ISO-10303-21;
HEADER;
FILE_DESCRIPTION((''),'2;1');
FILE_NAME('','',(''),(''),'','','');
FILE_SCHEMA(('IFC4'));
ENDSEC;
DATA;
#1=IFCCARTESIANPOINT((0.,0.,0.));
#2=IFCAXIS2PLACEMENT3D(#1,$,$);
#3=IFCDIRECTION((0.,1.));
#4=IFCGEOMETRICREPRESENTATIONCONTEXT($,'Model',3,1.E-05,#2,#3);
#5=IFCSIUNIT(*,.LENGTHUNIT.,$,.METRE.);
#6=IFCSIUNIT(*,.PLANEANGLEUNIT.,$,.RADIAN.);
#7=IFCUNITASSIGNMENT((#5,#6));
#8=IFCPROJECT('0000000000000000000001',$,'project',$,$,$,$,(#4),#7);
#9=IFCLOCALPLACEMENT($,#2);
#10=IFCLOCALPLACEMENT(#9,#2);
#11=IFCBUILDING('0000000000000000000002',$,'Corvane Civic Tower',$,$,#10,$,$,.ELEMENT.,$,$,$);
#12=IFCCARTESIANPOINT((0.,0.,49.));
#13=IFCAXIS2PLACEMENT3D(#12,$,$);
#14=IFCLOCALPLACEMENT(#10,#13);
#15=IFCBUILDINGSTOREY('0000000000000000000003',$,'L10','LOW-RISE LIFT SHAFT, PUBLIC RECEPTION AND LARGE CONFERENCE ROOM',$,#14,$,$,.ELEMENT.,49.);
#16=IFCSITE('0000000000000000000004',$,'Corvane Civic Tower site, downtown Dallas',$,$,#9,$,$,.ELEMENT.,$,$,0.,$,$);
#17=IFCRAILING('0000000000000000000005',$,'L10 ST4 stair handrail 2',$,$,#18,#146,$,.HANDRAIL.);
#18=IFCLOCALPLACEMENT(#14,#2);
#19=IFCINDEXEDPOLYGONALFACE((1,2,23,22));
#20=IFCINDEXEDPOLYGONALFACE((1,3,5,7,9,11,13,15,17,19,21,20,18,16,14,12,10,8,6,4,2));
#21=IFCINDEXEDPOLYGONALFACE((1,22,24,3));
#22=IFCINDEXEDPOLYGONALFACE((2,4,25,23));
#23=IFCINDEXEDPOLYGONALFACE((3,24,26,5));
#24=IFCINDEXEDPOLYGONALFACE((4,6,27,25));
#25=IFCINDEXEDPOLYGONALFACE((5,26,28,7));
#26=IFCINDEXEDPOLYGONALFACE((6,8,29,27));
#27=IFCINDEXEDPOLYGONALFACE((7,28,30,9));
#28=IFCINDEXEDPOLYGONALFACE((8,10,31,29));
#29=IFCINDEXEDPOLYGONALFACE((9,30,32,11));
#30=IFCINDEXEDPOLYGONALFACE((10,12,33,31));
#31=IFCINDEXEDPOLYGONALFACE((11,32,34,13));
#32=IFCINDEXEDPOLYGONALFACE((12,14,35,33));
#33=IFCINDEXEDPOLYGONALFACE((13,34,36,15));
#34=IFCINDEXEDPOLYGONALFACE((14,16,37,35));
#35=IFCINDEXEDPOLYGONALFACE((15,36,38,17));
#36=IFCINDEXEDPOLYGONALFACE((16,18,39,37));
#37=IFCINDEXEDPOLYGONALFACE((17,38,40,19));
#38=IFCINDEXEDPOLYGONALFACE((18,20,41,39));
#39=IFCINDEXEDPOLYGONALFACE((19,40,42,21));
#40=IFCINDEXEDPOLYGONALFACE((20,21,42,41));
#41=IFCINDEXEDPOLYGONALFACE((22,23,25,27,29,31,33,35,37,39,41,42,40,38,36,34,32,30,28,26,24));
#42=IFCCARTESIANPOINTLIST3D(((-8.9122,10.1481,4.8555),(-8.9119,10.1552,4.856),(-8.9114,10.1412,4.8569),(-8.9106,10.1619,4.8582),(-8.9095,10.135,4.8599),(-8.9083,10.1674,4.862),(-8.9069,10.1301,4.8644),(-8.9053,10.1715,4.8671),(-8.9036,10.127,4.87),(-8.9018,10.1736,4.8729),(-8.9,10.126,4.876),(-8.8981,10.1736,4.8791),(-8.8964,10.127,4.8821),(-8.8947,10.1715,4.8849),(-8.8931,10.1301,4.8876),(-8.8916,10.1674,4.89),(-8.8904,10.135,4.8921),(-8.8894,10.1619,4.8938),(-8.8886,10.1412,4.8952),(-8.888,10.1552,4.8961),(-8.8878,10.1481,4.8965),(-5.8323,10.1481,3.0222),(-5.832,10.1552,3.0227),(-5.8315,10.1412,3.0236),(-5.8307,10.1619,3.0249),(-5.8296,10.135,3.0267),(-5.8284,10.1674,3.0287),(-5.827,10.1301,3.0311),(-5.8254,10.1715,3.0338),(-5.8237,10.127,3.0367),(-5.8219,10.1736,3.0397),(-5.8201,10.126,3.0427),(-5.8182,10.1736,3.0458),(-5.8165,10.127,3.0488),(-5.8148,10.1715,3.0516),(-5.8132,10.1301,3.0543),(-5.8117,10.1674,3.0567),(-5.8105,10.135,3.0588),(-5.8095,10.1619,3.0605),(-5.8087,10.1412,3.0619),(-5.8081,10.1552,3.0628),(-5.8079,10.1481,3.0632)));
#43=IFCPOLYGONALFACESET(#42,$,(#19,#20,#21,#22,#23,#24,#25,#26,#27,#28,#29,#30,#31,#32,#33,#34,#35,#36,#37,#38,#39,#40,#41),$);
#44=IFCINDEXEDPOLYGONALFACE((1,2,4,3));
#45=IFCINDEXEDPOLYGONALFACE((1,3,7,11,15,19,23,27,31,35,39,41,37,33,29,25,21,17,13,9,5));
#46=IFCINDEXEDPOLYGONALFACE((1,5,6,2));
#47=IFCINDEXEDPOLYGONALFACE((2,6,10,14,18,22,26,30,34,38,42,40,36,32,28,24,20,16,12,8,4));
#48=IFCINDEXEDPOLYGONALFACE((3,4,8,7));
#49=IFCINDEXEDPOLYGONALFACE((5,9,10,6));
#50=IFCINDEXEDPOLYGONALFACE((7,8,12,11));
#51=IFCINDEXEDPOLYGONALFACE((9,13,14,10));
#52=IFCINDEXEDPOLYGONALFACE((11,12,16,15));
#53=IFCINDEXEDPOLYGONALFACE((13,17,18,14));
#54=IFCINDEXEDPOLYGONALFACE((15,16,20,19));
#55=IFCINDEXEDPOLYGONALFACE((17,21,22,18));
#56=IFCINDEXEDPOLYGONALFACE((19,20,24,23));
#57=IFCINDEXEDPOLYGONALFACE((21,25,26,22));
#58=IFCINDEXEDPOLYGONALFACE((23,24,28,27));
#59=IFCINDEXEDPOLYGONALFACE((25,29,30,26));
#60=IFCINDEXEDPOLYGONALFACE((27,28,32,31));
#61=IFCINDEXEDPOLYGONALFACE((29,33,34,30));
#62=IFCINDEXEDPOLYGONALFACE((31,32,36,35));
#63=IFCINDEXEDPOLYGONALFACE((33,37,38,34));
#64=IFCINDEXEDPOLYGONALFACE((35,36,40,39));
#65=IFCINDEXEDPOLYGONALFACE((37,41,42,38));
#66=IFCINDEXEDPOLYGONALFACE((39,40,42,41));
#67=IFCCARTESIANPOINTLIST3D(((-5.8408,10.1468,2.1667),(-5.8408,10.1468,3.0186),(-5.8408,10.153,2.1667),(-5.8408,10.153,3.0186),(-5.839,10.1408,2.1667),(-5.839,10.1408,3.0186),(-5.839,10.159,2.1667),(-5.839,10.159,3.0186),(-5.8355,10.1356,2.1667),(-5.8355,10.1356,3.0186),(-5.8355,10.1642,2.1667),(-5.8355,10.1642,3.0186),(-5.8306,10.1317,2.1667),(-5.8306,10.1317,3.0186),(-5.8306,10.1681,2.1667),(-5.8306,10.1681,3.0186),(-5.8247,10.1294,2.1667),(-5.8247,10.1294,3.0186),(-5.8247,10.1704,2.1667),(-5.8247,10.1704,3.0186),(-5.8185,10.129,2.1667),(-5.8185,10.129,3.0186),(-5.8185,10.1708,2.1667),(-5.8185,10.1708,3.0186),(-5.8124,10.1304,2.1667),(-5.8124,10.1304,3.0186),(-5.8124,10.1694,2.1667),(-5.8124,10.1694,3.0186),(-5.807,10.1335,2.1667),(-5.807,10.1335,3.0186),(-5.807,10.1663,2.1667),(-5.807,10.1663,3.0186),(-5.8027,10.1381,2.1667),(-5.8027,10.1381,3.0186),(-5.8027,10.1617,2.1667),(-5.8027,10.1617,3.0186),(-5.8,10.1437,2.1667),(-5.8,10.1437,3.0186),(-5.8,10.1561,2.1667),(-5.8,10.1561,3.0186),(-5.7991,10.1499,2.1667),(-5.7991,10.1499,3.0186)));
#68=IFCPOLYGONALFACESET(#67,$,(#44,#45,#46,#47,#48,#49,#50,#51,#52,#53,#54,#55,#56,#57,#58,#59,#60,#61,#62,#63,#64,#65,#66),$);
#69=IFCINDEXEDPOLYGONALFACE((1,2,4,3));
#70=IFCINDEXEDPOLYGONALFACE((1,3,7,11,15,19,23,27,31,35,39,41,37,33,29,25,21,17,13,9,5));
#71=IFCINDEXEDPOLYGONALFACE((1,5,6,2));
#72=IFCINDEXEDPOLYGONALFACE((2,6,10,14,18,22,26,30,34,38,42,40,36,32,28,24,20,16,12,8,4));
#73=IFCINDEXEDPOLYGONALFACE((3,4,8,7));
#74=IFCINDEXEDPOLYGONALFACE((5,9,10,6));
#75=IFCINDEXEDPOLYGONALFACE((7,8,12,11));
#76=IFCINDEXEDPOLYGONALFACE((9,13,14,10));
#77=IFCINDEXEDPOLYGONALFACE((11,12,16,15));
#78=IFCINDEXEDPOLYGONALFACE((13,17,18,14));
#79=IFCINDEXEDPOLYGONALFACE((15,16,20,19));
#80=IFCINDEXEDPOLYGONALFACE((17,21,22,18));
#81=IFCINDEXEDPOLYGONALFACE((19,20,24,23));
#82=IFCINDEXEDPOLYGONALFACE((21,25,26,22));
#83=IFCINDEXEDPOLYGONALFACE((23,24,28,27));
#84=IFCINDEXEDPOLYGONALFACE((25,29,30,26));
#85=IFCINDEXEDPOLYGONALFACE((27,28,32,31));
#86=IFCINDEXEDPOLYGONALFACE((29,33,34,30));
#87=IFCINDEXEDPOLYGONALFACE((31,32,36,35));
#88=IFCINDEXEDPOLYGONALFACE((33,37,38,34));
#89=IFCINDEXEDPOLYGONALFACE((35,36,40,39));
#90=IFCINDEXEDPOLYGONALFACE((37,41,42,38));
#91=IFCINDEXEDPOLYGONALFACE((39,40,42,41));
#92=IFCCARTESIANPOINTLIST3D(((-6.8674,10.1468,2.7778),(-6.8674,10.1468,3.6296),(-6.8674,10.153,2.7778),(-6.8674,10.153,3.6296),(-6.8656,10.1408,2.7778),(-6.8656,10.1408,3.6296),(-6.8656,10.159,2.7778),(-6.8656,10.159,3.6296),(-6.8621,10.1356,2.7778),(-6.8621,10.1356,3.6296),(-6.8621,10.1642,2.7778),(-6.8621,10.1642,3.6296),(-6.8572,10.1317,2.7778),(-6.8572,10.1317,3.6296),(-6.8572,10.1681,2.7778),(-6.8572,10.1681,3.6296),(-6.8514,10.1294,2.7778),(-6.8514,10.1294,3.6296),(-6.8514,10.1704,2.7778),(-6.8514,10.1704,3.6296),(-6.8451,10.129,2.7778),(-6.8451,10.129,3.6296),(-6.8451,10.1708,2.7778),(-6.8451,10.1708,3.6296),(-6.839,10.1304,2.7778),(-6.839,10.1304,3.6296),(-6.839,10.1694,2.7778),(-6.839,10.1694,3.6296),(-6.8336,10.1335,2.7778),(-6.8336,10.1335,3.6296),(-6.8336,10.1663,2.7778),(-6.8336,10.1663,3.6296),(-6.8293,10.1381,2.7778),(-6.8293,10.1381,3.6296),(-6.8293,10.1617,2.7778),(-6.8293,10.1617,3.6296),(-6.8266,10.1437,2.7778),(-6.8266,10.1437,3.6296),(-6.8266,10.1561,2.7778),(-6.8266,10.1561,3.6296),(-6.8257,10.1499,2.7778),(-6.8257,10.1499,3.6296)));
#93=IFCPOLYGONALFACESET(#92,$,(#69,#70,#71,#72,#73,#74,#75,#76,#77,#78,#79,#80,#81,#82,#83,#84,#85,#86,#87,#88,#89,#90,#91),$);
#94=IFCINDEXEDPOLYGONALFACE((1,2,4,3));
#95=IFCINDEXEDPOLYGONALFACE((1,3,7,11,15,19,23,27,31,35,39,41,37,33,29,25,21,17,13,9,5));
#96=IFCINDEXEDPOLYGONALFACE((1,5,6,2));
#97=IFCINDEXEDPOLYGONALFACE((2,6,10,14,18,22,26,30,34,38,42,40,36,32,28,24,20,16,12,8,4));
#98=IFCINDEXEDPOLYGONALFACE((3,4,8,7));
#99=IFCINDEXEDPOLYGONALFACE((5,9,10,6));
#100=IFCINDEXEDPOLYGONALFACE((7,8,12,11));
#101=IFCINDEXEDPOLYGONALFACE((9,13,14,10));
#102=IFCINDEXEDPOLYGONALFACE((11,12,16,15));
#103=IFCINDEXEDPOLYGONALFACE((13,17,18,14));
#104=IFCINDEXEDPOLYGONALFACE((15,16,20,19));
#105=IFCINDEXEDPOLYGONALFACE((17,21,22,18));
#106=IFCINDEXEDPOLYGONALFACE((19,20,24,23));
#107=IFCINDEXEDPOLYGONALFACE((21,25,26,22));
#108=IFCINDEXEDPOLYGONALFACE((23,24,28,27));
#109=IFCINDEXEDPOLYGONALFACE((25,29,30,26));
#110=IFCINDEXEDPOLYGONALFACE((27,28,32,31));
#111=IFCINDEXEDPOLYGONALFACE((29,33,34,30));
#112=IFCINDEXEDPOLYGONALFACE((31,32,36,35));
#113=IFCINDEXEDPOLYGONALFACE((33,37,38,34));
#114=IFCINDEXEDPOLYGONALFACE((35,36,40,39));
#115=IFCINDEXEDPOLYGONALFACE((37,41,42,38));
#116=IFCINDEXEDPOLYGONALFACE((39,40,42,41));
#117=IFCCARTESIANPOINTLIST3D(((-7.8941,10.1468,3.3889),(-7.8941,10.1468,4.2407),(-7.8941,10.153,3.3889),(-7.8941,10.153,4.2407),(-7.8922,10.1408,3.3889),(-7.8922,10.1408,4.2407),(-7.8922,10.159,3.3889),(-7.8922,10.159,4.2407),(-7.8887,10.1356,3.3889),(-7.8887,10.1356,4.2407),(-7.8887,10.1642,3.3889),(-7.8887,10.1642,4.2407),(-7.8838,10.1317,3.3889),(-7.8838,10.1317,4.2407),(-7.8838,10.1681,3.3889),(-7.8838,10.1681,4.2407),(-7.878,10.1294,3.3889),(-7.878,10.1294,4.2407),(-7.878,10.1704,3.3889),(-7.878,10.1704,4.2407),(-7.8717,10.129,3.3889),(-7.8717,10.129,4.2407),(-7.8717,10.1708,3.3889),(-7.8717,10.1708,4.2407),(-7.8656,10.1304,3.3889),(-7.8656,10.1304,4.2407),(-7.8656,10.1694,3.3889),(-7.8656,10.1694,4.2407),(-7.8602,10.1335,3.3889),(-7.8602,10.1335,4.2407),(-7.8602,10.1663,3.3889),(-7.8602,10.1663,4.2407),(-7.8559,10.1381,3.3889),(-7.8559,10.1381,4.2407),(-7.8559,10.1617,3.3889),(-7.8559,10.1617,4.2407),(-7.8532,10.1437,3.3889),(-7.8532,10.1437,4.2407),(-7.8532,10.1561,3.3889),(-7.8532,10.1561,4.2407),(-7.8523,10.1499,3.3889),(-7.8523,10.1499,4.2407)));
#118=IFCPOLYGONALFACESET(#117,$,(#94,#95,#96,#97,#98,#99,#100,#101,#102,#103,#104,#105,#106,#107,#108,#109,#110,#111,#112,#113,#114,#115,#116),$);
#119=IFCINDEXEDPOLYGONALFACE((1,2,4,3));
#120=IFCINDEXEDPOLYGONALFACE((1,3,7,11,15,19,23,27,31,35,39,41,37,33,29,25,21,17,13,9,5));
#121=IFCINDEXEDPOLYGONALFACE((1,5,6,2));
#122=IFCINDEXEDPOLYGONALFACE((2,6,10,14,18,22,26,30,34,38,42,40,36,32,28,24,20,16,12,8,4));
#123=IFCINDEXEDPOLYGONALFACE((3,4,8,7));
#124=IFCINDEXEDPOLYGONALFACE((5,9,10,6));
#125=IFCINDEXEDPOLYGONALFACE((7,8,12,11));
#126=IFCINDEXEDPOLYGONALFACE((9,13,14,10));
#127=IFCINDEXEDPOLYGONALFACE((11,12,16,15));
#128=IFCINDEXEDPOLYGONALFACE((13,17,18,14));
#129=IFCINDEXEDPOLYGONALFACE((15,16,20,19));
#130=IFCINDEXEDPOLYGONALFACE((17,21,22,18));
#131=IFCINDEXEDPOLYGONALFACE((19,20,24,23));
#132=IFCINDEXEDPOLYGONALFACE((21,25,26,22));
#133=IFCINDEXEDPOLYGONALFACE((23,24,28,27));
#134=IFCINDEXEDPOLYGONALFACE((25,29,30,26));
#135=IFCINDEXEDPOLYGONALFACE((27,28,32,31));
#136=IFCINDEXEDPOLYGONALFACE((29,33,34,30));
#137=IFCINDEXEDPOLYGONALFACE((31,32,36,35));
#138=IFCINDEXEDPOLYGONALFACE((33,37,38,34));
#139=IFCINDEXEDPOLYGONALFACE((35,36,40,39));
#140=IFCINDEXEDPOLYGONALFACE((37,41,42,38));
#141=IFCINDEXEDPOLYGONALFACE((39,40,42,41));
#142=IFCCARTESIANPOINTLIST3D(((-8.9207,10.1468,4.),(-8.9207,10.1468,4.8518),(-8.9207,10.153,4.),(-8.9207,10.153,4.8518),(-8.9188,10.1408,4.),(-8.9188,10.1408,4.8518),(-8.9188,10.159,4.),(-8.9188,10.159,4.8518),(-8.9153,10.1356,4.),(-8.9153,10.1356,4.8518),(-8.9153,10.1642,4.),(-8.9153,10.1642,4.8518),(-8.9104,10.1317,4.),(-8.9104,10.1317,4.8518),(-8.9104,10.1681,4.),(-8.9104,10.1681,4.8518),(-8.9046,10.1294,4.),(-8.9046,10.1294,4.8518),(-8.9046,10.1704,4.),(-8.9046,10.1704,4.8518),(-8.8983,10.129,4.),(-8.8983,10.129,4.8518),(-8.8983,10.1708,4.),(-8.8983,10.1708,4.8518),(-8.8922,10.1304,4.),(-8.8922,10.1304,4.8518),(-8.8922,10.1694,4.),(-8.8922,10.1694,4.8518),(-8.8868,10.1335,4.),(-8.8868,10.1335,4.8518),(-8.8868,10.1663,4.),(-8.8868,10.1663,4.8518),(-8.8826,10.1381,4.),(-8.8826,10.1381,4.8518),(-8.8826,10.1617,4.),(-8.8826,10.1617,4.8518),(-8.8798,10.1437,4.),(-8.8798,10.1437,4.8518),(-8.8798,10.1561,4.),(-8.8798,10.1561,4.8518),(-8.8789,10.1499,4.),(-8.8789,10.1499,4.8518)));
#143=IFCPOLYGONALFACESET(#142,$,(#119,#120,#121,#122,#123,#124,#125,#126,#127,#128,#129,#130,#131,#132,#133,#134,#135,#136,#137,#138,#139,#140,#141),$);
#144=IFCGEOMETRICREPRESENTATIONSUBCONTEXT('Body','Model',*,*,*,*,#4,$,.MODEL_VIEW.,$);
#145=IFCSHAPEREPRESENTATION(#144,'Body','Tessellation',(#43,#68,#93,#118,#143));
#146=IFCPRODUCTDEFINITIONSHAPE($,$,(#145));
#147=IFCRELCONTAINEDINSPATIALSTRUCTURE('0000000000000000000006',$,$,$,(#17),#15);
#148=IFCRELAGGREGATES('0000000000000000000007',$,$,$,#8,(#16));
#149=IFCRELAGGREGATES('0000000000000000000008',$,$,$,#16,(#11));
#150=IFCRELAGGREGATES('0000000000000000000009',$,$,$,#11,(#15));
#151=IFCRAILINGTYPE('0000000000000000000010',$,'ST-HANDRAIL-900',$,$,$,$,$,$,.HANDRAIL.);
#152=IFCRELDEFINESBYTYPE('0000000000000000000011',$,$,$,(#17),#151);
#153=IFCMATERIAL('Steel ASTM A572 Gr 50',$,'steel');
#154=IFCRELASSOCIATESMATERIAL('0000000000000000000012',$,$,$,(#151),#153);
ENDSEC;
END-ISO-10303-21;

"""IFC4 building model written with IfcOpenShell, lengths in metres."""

from ifc_helpers import new_model, si_unit, direction, frame, origin, origin_2d, place, context, subcontext, project, spatial, circle, extrude, material, type_object, element, save


model = new_model("IFC4")

# Units and contexts
model_context = context("Model", 3, precision=1e-05, world=origin(), true_north=direction((0.0, 1.0)))
body_context = subcontext(model_context, "Body", "Model", "MODEL_VIEW")
ifc_project = project(units=[si_unit("LENGTHUNIT", "METRE"), si_unit("PLANEANGLEUNIT", "RADIAN")], contexts=[model_context])

# Site, building, storey
site_placement = place(None, origin())
site = spatial("IfcSite", under=ifc_project, at=site_placement, Name="Corvane Civic Tower site, downtown Dallas", CompositionType="ELEMENT", RefElevation=0.0)
building_placement = place(site_placement, origin())
building = spatial("IfcBuilding", under=site, at=building_placement, Name="Corvane Civic Tower", CompositionType="ELEMENT")
storey_placement = place(building_placement, frame((0.0, 0.0, 49.0)))
storey = spatial("IfcBuildingStorey", under=building, at=storey_placement, Name="L10", Description="LOW-RISE LIFT SHAFT, PUBLIC RECEPTION AND LARGE CONFERENCE ROOM", CompositionType="ELEMENT", Elevation=49.0)

# Railing
ifc_material_1 = material(Name="Steel ASTM A572 Gr 50", Category="steel")
railing_type_1 = type_object("IfcRailingType", Name="ST-HANDRAIL-900", PredefinedType="HANDRAIL", material=ifc_material_1)
railing_1_placement = place(storey_placement, frame((-5.8201, 10.1499, 2.1667)))
element("IfcRailing", 1, at=railing_1_placement, inside=storey, type_object=railing_type_1, Name="L10 ST4 stair handrail 2", PredefinedType="HANDRAIL", context=body_context, shape_type="SweptSolid", body=[
    extrude(circle(Radius=0.0239, at=origin_2d()), frame((0.0, 0.0, 0.876), z_axis=(-0.859291, 0.0, 0.511487), x_axis=(0.0, -1.0, 0.0)), (0.0, 0.0, 1.0), 3.5842),
    extrude(circle(Radius=0.021, at=origin_2d()), origin(), (0.0, 0.0, 1.0), 0.8518),
    extrude(circle(Radius=0.021, at=origin_2d()), frame((-1.0266, 0.0, 0.6111)), (0.0, 0.0, 1.0), 0.8518),
    extrude(circle(Radius=0.021, at=origin_2d()), frame((-2.0532, 0.0, 1.2222)), (0.0, 0.0, 1.0), 0.8518),
    extrude(circle(Radius=0.021, at=origin_2d()), frame((-3.0798, 0.0, 1.8333)), (0.0, 0.0, 1.0), 0.8518),
])

save(model, "model.ifc")
